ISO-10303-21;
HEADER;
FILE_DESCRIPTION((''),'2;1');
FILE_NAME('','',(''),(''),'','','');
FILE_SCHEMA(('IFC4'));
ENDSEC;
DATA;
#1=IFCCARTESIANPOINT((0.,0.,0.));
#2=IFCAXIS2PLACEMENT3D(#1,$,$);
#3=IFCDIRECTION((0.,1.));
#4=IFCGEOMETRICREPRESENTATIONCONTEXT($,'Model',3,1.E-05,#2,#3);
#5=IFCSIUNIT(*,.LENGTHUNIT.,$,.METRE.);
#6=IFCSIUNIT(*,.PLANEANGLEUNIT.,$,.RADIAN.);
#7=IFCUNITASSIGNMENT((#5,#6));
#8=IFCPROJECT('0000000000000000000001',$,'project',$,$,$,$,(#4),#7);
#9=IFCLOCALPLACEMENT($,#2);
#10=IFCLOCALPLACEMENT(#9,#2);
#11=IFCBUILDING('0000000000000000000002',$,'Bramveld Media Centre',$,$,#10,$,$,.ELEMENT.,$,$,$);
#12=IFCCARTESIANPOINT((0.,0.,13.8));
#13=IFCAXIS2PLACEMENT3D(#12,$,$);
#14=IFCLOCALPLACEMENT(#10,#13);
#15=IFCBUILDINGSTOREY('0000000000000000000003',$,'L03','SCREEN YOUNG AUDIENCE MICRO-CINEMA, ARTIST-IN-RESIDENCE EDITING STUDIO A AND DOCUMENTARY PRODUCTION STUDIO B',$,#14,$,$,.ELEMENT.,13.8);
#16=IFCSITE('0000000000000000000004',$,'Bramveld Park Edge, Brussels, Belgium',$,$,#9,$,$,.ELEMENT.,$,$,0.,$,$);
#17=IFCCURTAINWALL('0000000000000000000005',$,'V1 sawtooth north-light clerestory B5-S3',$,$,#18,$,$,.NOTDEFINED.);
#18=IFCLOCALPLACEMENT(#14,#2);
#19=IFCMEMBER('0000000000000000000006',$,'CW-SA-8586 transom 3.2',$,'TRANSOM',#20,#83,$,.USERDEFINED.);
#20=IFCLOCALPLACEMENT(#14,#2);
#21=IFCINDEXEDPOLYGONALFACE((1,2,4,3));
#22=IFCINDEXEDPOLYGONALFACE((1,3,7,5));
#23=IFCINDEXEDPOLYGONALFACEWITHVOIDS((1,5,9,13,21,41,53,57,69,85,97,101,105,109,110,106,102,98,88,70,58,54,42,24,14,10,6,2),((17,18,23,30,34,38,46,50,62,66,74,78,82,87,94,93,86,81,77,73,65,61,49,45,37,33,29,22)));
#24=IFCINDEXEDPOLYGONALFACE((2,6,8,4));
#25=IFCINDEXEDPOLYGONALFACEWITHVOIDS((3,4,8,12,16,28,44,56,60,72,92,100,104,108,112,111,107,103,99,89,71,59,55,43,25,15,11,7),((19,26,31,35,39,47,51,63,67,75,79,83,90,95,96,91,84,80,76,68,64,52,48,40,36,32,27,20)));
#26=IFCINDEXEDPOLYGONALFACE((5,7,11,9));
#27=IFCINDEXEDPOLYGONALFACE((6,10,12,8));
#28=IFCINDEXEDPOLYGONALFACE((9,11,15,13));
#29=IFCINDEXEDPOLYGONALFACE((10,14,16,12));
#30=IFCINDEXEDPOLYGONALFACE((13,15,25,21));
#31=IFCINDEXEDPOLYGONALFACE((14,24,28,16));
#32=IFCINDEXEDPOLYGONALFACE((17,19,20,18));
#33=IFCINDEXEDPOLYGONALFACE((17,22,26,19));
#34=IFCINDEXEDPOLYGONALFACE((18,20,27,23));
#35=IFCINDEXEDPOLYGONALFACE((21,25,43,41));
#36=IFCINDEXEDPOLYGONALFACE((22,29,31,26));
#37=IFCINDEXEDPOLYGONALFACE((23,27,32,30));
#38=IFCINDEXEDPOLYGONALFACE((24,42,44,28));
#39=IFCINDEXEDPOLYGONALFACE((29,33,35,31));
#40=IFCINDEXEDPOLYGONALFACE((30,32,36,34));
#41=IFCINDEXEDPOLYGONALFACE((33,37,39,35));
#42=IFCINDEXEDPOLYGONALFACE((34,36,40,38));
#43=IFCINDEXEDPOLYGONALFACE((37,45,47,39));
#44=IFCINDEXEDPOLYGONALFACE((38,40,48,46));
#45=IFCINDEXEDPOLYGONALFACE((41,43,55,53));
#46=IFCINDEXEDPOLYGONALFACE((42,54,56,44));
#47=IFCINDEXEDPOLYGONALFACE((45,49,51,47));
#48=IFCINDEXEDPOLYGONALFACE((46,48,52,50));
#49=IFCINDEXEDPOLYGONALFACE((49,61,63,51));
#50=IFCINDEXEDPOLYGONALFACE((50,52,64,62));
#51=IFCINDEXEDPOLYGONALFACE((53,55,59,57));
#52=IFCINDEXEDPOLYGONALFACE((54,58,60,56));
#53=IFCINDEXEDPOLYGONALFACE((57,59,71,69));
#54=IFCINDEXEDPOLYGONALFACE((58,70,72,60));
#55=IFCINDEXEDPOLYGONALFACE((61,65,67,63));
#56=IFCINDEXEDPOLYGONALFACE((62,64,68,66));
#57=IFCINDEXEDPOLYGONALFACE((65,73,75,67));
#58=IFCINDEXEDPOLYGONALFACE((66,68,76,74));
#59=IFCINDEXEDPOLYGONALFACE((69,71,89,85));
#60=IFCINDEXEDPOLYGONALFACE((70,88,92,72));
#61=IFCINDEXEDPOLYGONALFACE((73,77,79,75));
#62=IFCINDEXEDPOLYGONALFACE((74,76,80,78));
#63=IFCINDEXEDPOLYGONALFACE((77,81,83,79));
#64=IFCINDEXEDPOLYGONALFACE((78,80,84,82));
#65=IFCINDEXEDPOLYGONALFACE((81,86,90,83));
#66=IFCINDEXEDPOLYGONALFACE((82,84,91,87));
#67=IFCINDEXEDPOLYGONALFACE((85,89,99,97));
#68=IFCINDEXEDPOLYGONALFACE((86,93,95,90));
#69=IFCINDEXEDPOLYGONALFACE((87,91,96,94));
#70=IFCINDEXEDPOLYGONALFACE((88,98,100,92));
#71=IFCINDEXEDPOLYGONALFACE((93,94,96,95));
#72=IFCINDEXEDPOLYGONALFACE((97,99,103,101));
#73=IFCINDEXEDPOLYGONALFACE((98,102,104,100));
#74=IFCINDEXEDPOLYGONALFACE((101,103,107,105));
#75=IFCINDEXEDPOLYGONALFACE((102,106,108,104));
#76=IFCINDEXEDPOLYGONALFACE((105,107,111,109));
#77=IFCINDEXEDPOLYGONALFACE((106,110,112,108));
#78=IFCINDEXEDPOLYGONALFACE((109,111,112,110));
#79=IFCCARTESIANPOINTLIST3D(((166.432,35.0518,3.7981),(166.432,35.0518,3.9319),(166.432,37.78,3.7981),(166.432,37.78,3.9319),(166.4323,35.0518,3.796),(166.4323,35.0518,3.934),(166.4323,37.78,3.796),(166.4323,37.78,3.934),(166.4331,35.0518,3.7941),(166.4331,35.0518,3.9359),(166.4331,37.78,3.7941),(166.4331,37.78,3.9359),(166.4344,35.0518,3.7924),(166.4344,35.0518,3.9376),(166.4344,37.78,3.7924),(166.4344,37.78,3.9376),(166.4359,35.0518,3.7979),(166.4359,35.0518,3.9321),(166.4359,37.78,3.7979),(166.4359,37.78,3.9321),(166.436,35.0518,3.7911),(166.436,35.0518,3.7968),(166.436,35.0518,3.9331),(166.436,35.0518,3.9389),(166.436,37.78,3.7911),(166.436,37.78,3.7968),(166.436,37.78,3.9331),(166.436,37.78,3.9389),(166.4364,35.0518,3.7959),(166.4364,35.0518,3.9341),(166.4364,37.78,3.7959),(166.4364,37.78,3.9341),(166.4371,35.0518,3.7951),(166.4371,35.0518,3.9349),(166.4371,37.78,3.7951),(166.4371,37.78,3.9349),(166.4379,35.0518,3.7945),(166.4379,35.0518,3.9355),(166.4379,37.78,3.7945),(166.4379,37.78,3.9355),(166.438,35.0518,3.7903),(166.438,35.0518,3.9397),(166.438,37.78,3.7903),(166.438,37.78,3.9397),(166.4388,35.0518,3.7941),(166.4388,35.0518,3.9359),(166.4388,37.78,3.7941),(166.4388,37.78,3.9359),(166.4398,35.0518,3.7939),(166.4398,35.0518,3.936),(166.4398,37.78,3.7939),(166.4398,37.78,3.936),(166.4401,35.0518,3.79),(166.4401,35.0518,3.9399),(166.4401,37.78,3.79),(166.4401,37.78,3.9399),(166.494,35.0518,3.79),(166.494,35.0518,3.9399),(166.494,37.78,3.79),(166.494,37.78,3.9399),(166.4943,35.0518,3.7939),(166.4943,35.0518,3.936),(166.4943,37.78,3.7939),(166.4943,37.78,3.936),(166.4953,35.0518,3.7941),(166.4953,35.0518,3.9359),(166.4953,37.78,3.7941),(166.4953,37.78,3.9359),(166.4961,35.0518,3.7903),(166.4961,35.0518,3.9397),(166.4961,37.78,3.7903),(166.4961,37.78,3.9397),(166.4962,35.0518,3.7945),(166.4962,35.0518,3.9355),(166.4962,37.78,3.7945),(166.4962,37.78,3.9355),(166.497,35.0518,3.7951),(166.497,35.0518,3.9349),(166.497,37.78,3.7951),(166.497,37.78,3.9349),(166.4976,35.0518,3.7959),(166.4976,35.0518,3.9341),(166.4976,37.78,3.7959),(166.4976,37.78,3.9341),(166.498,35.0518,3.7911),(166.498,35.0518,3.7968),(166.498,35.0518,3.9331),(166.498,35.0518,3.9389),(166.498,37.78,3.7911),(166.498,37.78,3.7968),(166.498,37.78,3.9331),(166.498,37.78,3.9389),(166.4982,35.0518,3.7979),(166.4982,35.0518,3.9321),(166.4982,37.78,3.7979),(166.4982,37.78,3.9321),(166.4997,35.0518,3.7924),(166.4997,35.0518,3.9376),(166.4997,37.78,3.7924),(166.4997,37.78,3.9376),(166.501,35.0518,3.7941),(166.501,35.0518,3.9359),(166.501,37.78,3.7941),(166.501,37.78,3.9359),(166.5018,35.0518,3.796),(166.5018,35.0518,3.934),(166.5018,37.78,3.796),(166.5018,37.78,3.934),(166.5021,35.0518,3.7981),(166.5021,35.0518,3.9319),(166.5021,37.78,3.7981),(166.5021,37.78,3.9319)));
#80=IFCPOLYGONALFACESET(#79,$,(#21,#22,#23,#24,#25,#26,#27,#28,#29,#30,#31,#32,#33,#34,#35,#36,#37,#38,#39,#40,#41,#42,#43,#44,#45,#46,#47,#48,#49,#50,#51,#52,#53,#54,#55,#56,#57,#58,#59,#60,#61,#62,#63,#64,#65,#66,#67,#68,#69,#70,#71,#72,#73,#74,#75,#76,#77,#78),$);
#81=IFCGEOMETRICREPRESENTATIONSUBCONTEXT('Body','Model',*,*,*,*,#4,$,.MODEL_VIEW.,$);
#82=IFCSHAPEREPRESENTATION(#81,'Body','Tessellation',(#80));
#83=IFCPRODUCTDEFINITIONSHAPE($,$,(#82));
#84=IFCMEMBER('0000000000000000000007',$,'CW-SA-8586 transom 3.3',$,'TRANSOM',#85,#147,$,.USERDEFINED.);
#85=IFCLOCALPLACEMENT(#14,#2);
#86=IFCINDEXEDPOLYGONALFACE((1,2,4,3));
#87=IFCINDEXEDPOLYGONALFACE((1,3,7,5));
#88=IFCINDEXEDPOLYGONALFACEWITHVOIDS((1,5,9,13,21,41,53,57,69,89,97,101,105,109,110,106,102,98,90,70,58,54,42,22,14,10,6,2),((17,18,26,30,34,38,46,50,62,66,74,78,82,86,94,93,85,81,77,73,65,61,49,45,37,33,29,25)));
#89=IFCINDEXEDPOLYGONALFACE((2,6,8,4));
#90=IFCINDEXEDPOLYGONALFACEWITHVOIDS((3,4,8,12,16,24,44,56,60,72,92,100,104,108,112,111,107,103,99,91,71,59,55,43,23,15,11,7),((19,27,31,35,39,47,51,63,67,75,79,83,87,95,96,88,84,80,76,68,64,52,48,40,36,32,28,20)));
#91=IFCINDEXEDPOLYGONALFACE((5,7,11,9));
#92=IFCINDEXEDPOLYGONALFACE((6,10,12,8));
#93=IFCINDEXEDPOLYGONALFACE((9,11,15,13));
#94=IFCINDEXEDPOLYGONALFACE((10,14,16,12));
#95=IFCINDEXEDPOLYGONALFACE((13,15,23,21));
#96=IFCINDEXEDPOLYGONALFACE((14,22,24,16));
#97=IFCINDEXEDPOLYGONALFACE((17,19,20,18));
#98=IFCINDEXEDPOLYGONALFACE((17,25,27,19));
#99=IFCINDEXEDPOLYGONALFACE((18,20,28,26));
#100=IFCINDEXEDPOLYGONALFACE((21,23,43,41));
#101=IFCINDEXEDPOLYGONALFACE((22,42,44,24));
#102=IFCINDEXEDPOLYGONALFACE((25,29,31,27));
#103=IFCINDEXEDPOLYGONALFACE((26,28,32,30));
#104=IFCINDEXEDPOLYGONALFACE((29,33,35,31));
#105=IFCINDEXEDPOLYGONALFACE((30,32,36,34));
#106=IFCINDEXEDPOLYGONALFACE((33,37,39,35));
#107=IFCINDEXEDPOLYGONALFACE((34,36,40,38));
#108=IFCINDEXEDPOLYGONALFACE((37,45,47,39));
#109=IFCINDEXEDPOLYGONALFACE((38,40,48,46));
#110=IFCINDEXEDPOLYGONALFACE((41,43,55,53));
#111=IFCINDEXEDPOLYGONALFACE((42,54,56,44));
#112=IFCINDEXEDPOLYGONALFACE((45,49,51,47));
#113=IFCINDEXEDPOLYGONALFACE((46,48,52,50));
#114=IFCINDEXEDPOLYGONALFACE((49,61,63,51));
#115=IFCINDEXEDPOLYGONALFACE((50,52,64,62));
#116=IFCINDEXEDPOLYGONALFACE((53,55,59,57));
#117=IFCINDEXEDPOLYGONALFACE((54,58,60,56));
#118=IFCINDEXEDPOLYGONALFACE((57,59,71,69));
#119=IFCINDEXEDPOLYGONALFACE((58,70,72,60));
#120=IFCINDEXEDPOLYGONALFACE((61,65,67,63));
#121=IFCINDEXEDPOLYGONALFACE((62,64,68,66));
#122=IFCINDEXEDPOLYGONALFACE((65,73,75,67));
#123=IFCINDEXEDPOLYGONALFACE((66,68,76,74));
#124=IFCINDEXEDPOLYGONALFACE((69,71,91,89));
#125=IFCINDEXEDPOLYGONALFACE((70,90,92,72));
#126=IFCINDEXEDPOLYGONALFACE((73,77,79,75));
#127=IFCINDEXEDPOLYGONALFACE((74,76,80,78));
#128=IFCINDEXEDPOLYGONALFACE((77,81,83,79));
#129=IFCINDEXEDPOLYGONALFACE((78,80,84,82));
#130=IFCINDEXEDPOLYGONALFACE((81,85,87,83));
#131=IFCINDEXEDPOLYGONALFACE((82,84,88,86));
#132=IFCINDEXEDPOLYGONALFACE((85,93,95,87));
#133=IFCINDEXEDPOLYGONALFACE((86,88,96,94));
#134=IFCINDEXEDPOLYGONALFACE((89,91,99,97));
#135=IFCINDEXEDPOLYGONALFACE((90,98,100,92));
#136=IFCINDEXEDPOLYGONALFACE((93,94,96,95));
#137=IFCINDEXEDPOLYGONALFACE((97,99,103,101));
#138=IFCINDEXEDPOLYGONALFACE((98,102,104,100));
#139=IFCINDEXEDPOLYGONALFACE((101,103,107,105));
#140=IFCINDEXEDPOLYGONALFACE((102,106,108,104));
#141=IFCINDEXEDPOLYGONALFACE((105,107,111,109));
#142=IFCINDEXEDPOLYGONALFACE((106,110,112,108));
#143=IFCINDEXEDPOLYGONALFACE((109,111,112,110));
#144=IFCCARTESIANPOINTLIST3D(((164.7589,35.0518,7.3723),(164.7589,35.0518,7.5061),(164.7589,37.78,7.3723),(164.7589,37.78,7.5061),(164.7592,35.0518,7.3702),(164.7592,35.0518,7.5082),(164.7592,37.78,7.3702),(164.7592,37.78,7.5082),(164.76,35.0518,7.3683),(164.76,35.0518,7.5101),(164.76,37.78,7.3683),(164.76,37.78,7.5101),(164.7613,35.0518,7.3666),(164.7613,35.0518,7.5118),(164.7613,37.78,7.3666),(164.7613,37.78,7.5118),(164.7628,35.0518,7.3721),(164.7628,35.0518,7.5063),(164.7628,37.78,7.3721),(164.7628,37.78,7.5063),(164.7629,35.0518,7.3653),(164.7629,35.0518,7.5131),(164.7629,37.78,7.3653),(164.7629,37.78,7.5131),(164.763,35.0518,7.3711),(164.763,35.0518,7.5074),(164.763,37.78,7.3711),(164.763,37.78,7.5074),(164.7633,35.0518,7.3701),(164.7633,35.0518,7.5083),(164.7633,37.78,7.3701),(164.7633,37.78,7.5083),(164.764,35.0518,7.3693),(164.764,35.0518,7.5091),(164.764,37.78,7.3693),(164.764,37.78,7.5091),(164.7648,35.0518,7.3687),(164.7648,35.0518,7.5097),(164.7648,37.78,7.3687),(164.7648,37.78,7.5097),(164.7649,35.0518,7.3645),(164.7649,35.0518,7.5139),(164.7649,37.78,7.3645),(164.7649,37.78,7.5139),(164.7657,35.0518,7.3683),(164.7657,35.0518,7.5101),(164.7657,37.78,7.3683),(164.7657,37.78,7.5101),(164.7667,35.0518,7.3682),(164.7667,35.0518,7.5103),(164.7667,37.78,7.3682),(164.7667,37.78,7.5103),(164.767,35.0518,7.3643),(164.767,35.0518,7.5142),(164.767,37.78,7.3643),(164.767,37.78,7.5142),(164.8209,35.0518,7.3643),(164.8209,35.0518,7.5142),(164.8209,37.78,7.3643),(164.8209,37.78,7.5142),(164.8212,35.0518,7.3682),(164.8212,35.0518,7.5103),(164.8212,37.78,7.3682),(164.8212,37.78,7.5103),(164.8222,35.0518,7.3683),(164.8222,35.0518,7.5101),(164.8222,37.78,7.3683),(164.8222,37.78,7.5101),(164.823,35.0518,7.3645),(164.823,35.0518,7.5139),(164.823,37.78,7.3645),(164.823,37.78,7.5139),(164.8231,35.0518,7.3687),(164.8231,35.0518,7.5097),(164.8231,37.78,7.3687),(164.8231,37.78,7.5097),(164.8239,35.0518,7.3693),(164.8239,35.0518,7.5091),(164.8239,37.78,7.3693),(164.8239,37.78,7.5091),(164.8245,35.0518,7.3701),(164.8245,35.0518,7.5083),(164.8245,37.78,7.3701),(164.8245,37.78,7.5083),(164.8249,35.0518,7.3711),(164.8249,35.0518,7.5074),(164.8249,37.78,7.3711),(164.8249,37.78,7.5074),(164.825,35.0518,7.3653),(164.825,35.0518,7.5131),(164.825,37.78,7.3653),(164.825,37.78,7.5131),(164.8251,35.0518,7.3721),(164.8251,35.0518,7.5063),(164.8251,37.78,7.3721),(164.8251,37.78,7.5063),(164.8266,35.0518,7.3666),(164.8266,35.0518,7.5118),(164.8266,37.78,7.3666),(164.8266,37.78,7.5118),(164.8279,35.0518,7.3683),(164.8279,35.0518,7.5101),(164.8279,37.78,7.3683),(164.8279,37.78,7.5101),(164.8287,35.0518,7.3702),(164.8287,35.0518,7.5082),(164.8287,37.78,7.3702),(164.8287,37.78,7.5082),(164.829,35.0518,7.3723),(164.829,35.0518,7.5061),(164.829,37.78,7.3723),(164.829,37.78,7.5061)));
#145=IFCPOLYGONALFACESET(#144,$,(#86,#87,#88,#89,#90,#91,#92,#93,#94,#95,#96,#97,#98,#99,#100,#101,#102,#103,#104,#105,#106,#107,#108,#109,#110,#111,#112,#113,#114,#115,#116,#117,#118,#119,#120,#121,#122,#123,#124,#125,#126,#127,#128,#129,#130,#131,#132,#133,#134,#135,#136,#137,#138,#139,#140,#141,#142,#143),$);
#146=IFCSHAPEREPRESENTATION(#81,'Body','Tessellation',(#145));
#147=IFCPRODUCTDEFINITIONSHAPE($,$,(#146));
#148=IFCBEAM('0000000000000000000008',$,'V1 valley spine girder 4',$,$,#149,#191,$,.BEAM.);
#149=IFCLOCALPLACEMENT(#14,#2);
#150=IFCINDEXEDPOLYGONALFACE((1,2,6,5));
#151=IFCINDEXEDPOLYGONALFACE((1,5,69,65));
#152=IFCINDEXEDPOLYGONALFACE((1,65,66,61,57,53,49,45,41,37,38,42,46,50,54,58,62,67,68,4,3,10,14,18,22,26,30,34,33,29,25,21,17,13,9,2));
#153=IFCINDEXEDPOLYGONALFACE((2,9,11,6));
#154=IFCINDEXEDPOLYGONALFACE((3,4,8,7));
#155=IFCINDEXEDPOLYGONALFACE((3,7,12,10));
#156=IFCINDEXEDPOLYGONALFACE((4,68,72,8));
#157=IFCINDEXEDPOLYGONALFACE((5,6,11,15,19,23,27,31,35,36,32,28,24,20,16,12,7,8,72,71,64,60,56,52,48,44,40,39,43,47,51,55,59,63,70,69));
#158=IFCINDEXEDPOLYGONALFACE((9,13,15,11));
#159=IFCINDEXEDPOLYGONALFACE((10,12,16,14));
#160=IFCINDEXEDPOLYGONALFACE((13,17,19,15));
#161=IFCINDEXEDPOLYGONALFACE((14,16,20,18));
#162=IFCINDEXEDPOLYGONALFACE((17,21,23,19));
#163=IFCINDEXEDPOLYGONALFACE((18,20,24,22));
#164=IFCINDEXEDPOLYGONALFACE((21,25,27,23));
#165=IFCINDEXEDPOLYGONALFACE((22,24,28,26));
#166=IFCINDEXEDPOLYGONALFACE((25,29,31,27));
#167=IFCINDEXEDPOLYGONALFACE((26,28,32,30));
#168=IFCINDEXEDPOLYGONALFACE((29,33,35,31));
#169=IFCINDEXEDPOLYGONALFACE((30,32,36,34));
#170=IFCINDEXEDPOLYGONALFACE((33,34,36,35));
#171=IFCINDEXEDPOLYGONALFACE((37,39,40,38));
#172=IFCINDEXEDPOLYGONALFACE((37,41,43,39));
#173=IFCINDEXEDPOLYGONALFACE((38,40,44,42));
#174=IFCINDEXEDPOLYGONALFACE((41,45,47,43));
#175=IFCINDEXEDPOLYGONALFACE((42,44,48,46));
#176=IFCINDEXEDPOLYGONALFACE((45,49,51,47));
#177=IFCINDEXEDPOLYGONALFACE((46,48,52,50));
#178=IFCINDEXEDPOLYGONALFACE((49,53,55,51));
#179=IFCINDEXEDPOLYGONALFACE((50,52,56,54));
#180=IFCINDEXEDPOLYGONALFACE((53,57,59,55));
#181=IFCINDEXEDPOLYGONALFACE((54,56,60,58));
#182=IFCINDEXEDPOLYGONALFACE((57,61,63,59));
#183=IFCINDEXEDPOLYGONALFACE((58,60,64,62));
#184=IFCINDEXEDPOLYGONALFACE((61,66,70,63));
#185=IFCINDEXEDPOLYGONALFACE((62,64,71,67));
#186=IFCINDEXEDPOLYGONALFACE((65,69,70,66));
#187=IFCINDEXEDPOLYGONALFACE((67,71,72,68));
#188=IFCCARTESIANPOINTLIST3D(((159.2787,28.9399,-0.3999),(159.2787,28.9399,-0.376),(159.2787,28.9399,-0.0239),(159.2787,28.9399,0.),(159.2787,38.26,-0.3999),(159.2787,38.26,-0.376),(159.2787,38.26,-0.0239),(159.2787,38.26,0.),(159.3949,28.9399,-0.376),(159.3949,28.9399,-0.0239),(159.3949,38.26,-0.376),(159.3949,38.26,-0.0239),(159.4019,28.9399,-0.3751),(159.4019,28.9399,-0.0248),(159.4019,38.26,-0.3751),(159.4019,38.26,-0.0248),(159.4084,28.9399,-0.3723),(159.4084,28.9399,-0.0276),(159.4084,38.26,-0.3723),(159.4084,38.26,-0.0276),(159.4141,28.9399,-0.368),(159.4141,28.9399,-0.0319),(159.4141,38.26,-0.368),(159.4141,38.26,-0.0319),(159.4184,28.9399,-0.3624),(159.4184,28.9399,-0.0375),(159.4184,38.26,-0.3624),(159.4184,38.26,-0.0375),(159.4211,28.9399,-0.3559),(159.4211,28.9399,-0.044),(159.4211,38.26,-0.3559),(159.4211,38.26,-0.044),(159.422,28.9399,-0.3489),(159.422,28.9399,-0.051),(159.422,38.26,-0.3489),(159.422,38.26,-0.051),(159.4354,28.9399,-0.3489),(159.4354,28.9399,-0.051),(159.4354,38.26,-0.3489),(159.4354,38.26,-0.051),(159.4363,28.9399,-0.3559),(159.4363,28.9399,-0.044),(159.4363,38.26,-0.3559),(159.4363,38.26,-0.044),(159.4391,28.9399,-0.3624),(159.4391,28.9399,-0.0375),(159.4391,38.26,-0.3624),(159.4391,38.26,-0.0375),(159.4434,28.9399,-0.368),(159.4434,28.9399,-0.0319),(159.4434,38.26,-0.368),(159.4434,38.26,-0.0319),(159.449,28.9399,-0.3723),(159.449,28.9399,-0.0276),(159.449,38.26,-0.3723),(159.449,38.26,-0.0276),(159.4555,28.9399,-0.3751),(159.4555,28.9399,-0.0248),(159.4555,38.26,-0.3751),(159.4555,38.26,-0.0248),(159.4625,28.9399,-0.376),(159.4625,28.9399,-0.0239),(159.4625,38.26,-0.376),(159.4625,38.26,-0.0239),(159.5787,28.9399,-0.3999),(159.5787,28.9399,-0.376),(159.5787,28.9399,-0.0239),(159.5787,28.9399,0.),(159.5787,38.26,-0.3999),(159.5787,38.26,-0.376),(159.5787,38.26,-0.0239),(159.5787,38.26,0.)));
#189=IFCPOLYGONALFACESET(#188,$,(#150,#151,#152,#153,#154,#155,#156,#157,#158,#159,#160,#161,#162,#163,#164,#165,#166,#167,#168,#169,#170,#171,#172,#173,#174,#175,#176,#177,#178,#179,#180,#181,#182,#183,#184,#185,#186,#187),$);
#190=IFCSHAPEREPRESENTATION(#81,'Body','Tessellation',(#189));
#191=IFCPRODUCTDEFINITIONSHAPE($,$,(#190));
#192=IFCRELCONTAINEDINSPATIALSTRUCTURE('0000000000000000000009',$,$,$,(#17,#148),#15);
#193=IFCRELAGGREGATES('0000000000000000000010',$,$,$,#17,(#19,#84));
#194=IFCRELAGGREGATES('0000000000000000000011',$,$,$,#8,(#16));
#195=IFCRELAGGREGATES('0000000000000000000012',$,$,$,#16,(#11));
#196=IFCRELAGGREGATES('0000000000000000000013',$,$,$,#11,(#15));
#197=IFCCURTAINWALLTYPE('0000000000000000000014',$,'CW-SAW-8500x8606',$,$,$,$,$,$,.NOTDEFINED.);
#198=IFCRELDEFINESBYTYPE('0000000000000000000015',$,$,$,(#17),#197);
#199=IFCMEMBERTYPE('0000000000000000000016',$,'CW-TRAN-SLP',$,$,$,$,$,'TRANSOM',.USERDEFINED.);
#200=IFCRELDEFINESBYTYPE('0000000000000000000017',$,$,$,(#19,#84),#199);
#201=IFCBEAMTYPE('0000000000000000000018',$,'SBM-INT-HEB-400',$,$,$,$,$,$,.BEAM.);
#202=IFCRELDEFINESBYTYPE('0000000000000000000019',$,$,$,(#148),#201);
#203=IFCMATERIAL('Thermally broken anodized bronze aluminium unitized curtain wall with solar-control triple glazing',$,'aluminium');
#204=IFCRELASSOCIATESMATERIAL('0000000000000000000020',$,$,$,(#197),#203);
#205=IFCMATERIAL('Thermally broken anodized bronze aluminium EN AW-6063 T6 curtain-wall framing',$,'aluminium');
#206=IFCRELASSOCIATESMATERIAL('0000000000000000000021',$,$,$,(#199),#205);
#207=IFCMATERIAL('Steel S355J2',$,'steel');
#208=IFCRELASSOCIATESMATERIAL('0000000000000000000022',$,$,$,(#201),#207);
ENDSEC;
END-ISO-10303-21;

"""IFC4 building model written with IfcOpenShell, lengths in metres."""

from ifc_helpers import new_model, si_unit, direction, frame, origin, origin_2d, place, context, subcontext, project, spatial, hollow_rectangle, i_section, extrude, material, material_profile, profile_set, type_object, element, aggregate, save


model = new_model("IFC4")

# Units and contexts
model_context = context("Model", 3, precision=1e-05, world=origin(), true_north=direction((0.0, 1.0)))
body_context = subcontext(model_context, "Body", "Model", "MODEL_VIEW")
ifc_project = project(units=[si_unit("LENGTHUNIT", "METRE"), si_unit("PLANEANGLEUNIT", "RADIAN")], contexts=[model_context])

# Site, building, storey
site_placement = place(None, origin())
site = spatial("IfcSite", under=ifc_project, at=site_placement, Name="Bramveld Park Edge, Brussels, Belgium", CompositionType="ELEMENT", RefElevation=0.0)
building_placement = place(site_placement, origin())
building = spatial("IfcBuilding", under=site, at=building_placement, Name="Bramveld Media Centre", CompositionType="ELEMENT")
storey_placement = place(building_placement, frame((0.0, 0.0, 13.8)))
storey = spatial("IfcBuildingStorey", under=building, at=storey_placement, Name="L03", Description="SCREEN YOUNG AUDIENCE MICRO-CINEMA, ARTIST-IN-RESIDENCE EDITING STUDIO A AND DOCUMENTARY PRODUCTION STUDIO B", CompositionType="ELEMENT", Elevation=13.8)

# Curtain wall, members
ifc_material_1 = material(Name="Thermally broken anodized bronze aluminium unitized curtain wall with solar-control triple glazing", Category="aluminium")
curtain_wall_type = type_object("IfcCurtainWallType", Name="CW-SAW-8500x8606", PredefinedType="NOTDEFINED", material=ifc_material_1)
ifc_material_2 = material(Name="Thermally broken anodized bronze aluminium EN AW-6063 T6 curtain-wall framing", Category="aluminium")
ifc_material_profile_1 = material_profile(ifc_material_2, hollow_rectangle(XDim=0.0701, YDim=0.1499, WallThickness=0.0039, InnerFilletRadius=0.0039, OuterFilletRadius=0.0081, at=origin_2d()), Name="AL-TRAN 70x150")
ifc_profile_set_1 = profile_set([ifc_material_profile_1], Name="Thermally broken anodized bronze aluminium EN AW-6063 T6 curtain-wall framing")
member_type_1 = type_object("IfcMemberType", Name="CW-TRAN-SLP", ElementType="TRANSOM", PredefinedType="USERDEFINED", material=ifc_profile_set_1)
curtain_wall_1_placement = place(storey_placement, origin())
curtain_wall_1 = element("IfcCurtainWall", 1, at=curtain_wall_1_placement, inside=storey, type_object=curtain_wall_type, Name="V1 sawtooth north-light clerestory B5-S3", PredefinedType="NOTDEFINED")
member_1_placement = place(storey_placement, frame((166.467, 35.0518, 3.865), z_axis=(0.0, 1.0, 0.0), x_axis=(-1.0, 0.0, 0.0)))
member_1 = element("IfcMember", 2, at=member_1_placement, type_object=member_type_1, Name="CW-SA-8586 transom 3.2", ObjectType="TRANSOM", PredefinedType="USERDEFINED", context=body_context, shape_type="SweptSolid", body=[
    extrude(hollow_rectangle(XDim=0.0701, YDim=0.1499, WallThickness=0.0039, InnerFilletRadius=0.0039, OuterFilletRadius=0.0081, at=origin_2d()), origin(), (0.0, 0.0, 1.0), 2.7283),
])
member_2_placement = place(storey_placement, frame((164.7939, 35.0518, 7.4392), z_axis=(0.0, 1.0, 0.0), x_axis=(-1.0, 0.0, 0.0)))
member_2 = element("IfcMember", 3, at=member_2_placement, type_object=member_type_1, Name="CW-SA-8586 transom 3.3", ObjectType="TRANSOM", PredefinedType="USERDEFINED", context=body_context, shape_type="SweptSolid", body=[
    extrude(hollow_rectangle(XDim=0.0701, YDim=0.1499, WallThickness=0.0039, InnerFilletRadius=0.0039, OuterFilletRadius=0.0081, at=origin_2d()), origin(), (0.0, 0.0, 1.0), 2.7283),
])

# Beam
ifc_material_3 = material(Name="Steel S355J2", Category="steel")
ifc_material_profile_2 = material_profile(ifc_material_3, i_section(OverallWidth=0.3, OverallDepth=0.3999, WebThickness=0.0134, FlangeThickness=0.0239, FilletRadius=0.0271, at=origin_2d()), Name="HEB 400")
ifc_profile_set_2 = profile_set([ifc_material_profile_2], Name="Steel S355J2")
beam_type = type_object("IfcBeamType", Name="SBM-INT-HEB-400", PredefinedType="BEAM", material=ifc_profile_set_2)
beam_placement = place(storey_placement, frame((159.4287, 28.9399, -0.2), z_axis=(0.0, 1.0, 0.0), x_axis=(-1.0, 0.0, 0.0)))
element("IfcBeam", 4, at=beam_placement, inside=storey, type_object=beam_type, Name="V1 valley spine girder 4", PredefinedType="BEAM", context=body_context, shape_type="SweptSolid", body=[
    extrude(i_section(OverallWidth=0.3, OverallDepth=0.3999, WebThickness=0.0134, FlangeThickness=0.0239, FilletRadius=0.0271, at=origin_2d()), origin(), (0.0, 0.0, 1.0), 9.3201),
])

aggregate(curtain_wall_1, [member_1, member_2])

save(model, "model.ifc")
